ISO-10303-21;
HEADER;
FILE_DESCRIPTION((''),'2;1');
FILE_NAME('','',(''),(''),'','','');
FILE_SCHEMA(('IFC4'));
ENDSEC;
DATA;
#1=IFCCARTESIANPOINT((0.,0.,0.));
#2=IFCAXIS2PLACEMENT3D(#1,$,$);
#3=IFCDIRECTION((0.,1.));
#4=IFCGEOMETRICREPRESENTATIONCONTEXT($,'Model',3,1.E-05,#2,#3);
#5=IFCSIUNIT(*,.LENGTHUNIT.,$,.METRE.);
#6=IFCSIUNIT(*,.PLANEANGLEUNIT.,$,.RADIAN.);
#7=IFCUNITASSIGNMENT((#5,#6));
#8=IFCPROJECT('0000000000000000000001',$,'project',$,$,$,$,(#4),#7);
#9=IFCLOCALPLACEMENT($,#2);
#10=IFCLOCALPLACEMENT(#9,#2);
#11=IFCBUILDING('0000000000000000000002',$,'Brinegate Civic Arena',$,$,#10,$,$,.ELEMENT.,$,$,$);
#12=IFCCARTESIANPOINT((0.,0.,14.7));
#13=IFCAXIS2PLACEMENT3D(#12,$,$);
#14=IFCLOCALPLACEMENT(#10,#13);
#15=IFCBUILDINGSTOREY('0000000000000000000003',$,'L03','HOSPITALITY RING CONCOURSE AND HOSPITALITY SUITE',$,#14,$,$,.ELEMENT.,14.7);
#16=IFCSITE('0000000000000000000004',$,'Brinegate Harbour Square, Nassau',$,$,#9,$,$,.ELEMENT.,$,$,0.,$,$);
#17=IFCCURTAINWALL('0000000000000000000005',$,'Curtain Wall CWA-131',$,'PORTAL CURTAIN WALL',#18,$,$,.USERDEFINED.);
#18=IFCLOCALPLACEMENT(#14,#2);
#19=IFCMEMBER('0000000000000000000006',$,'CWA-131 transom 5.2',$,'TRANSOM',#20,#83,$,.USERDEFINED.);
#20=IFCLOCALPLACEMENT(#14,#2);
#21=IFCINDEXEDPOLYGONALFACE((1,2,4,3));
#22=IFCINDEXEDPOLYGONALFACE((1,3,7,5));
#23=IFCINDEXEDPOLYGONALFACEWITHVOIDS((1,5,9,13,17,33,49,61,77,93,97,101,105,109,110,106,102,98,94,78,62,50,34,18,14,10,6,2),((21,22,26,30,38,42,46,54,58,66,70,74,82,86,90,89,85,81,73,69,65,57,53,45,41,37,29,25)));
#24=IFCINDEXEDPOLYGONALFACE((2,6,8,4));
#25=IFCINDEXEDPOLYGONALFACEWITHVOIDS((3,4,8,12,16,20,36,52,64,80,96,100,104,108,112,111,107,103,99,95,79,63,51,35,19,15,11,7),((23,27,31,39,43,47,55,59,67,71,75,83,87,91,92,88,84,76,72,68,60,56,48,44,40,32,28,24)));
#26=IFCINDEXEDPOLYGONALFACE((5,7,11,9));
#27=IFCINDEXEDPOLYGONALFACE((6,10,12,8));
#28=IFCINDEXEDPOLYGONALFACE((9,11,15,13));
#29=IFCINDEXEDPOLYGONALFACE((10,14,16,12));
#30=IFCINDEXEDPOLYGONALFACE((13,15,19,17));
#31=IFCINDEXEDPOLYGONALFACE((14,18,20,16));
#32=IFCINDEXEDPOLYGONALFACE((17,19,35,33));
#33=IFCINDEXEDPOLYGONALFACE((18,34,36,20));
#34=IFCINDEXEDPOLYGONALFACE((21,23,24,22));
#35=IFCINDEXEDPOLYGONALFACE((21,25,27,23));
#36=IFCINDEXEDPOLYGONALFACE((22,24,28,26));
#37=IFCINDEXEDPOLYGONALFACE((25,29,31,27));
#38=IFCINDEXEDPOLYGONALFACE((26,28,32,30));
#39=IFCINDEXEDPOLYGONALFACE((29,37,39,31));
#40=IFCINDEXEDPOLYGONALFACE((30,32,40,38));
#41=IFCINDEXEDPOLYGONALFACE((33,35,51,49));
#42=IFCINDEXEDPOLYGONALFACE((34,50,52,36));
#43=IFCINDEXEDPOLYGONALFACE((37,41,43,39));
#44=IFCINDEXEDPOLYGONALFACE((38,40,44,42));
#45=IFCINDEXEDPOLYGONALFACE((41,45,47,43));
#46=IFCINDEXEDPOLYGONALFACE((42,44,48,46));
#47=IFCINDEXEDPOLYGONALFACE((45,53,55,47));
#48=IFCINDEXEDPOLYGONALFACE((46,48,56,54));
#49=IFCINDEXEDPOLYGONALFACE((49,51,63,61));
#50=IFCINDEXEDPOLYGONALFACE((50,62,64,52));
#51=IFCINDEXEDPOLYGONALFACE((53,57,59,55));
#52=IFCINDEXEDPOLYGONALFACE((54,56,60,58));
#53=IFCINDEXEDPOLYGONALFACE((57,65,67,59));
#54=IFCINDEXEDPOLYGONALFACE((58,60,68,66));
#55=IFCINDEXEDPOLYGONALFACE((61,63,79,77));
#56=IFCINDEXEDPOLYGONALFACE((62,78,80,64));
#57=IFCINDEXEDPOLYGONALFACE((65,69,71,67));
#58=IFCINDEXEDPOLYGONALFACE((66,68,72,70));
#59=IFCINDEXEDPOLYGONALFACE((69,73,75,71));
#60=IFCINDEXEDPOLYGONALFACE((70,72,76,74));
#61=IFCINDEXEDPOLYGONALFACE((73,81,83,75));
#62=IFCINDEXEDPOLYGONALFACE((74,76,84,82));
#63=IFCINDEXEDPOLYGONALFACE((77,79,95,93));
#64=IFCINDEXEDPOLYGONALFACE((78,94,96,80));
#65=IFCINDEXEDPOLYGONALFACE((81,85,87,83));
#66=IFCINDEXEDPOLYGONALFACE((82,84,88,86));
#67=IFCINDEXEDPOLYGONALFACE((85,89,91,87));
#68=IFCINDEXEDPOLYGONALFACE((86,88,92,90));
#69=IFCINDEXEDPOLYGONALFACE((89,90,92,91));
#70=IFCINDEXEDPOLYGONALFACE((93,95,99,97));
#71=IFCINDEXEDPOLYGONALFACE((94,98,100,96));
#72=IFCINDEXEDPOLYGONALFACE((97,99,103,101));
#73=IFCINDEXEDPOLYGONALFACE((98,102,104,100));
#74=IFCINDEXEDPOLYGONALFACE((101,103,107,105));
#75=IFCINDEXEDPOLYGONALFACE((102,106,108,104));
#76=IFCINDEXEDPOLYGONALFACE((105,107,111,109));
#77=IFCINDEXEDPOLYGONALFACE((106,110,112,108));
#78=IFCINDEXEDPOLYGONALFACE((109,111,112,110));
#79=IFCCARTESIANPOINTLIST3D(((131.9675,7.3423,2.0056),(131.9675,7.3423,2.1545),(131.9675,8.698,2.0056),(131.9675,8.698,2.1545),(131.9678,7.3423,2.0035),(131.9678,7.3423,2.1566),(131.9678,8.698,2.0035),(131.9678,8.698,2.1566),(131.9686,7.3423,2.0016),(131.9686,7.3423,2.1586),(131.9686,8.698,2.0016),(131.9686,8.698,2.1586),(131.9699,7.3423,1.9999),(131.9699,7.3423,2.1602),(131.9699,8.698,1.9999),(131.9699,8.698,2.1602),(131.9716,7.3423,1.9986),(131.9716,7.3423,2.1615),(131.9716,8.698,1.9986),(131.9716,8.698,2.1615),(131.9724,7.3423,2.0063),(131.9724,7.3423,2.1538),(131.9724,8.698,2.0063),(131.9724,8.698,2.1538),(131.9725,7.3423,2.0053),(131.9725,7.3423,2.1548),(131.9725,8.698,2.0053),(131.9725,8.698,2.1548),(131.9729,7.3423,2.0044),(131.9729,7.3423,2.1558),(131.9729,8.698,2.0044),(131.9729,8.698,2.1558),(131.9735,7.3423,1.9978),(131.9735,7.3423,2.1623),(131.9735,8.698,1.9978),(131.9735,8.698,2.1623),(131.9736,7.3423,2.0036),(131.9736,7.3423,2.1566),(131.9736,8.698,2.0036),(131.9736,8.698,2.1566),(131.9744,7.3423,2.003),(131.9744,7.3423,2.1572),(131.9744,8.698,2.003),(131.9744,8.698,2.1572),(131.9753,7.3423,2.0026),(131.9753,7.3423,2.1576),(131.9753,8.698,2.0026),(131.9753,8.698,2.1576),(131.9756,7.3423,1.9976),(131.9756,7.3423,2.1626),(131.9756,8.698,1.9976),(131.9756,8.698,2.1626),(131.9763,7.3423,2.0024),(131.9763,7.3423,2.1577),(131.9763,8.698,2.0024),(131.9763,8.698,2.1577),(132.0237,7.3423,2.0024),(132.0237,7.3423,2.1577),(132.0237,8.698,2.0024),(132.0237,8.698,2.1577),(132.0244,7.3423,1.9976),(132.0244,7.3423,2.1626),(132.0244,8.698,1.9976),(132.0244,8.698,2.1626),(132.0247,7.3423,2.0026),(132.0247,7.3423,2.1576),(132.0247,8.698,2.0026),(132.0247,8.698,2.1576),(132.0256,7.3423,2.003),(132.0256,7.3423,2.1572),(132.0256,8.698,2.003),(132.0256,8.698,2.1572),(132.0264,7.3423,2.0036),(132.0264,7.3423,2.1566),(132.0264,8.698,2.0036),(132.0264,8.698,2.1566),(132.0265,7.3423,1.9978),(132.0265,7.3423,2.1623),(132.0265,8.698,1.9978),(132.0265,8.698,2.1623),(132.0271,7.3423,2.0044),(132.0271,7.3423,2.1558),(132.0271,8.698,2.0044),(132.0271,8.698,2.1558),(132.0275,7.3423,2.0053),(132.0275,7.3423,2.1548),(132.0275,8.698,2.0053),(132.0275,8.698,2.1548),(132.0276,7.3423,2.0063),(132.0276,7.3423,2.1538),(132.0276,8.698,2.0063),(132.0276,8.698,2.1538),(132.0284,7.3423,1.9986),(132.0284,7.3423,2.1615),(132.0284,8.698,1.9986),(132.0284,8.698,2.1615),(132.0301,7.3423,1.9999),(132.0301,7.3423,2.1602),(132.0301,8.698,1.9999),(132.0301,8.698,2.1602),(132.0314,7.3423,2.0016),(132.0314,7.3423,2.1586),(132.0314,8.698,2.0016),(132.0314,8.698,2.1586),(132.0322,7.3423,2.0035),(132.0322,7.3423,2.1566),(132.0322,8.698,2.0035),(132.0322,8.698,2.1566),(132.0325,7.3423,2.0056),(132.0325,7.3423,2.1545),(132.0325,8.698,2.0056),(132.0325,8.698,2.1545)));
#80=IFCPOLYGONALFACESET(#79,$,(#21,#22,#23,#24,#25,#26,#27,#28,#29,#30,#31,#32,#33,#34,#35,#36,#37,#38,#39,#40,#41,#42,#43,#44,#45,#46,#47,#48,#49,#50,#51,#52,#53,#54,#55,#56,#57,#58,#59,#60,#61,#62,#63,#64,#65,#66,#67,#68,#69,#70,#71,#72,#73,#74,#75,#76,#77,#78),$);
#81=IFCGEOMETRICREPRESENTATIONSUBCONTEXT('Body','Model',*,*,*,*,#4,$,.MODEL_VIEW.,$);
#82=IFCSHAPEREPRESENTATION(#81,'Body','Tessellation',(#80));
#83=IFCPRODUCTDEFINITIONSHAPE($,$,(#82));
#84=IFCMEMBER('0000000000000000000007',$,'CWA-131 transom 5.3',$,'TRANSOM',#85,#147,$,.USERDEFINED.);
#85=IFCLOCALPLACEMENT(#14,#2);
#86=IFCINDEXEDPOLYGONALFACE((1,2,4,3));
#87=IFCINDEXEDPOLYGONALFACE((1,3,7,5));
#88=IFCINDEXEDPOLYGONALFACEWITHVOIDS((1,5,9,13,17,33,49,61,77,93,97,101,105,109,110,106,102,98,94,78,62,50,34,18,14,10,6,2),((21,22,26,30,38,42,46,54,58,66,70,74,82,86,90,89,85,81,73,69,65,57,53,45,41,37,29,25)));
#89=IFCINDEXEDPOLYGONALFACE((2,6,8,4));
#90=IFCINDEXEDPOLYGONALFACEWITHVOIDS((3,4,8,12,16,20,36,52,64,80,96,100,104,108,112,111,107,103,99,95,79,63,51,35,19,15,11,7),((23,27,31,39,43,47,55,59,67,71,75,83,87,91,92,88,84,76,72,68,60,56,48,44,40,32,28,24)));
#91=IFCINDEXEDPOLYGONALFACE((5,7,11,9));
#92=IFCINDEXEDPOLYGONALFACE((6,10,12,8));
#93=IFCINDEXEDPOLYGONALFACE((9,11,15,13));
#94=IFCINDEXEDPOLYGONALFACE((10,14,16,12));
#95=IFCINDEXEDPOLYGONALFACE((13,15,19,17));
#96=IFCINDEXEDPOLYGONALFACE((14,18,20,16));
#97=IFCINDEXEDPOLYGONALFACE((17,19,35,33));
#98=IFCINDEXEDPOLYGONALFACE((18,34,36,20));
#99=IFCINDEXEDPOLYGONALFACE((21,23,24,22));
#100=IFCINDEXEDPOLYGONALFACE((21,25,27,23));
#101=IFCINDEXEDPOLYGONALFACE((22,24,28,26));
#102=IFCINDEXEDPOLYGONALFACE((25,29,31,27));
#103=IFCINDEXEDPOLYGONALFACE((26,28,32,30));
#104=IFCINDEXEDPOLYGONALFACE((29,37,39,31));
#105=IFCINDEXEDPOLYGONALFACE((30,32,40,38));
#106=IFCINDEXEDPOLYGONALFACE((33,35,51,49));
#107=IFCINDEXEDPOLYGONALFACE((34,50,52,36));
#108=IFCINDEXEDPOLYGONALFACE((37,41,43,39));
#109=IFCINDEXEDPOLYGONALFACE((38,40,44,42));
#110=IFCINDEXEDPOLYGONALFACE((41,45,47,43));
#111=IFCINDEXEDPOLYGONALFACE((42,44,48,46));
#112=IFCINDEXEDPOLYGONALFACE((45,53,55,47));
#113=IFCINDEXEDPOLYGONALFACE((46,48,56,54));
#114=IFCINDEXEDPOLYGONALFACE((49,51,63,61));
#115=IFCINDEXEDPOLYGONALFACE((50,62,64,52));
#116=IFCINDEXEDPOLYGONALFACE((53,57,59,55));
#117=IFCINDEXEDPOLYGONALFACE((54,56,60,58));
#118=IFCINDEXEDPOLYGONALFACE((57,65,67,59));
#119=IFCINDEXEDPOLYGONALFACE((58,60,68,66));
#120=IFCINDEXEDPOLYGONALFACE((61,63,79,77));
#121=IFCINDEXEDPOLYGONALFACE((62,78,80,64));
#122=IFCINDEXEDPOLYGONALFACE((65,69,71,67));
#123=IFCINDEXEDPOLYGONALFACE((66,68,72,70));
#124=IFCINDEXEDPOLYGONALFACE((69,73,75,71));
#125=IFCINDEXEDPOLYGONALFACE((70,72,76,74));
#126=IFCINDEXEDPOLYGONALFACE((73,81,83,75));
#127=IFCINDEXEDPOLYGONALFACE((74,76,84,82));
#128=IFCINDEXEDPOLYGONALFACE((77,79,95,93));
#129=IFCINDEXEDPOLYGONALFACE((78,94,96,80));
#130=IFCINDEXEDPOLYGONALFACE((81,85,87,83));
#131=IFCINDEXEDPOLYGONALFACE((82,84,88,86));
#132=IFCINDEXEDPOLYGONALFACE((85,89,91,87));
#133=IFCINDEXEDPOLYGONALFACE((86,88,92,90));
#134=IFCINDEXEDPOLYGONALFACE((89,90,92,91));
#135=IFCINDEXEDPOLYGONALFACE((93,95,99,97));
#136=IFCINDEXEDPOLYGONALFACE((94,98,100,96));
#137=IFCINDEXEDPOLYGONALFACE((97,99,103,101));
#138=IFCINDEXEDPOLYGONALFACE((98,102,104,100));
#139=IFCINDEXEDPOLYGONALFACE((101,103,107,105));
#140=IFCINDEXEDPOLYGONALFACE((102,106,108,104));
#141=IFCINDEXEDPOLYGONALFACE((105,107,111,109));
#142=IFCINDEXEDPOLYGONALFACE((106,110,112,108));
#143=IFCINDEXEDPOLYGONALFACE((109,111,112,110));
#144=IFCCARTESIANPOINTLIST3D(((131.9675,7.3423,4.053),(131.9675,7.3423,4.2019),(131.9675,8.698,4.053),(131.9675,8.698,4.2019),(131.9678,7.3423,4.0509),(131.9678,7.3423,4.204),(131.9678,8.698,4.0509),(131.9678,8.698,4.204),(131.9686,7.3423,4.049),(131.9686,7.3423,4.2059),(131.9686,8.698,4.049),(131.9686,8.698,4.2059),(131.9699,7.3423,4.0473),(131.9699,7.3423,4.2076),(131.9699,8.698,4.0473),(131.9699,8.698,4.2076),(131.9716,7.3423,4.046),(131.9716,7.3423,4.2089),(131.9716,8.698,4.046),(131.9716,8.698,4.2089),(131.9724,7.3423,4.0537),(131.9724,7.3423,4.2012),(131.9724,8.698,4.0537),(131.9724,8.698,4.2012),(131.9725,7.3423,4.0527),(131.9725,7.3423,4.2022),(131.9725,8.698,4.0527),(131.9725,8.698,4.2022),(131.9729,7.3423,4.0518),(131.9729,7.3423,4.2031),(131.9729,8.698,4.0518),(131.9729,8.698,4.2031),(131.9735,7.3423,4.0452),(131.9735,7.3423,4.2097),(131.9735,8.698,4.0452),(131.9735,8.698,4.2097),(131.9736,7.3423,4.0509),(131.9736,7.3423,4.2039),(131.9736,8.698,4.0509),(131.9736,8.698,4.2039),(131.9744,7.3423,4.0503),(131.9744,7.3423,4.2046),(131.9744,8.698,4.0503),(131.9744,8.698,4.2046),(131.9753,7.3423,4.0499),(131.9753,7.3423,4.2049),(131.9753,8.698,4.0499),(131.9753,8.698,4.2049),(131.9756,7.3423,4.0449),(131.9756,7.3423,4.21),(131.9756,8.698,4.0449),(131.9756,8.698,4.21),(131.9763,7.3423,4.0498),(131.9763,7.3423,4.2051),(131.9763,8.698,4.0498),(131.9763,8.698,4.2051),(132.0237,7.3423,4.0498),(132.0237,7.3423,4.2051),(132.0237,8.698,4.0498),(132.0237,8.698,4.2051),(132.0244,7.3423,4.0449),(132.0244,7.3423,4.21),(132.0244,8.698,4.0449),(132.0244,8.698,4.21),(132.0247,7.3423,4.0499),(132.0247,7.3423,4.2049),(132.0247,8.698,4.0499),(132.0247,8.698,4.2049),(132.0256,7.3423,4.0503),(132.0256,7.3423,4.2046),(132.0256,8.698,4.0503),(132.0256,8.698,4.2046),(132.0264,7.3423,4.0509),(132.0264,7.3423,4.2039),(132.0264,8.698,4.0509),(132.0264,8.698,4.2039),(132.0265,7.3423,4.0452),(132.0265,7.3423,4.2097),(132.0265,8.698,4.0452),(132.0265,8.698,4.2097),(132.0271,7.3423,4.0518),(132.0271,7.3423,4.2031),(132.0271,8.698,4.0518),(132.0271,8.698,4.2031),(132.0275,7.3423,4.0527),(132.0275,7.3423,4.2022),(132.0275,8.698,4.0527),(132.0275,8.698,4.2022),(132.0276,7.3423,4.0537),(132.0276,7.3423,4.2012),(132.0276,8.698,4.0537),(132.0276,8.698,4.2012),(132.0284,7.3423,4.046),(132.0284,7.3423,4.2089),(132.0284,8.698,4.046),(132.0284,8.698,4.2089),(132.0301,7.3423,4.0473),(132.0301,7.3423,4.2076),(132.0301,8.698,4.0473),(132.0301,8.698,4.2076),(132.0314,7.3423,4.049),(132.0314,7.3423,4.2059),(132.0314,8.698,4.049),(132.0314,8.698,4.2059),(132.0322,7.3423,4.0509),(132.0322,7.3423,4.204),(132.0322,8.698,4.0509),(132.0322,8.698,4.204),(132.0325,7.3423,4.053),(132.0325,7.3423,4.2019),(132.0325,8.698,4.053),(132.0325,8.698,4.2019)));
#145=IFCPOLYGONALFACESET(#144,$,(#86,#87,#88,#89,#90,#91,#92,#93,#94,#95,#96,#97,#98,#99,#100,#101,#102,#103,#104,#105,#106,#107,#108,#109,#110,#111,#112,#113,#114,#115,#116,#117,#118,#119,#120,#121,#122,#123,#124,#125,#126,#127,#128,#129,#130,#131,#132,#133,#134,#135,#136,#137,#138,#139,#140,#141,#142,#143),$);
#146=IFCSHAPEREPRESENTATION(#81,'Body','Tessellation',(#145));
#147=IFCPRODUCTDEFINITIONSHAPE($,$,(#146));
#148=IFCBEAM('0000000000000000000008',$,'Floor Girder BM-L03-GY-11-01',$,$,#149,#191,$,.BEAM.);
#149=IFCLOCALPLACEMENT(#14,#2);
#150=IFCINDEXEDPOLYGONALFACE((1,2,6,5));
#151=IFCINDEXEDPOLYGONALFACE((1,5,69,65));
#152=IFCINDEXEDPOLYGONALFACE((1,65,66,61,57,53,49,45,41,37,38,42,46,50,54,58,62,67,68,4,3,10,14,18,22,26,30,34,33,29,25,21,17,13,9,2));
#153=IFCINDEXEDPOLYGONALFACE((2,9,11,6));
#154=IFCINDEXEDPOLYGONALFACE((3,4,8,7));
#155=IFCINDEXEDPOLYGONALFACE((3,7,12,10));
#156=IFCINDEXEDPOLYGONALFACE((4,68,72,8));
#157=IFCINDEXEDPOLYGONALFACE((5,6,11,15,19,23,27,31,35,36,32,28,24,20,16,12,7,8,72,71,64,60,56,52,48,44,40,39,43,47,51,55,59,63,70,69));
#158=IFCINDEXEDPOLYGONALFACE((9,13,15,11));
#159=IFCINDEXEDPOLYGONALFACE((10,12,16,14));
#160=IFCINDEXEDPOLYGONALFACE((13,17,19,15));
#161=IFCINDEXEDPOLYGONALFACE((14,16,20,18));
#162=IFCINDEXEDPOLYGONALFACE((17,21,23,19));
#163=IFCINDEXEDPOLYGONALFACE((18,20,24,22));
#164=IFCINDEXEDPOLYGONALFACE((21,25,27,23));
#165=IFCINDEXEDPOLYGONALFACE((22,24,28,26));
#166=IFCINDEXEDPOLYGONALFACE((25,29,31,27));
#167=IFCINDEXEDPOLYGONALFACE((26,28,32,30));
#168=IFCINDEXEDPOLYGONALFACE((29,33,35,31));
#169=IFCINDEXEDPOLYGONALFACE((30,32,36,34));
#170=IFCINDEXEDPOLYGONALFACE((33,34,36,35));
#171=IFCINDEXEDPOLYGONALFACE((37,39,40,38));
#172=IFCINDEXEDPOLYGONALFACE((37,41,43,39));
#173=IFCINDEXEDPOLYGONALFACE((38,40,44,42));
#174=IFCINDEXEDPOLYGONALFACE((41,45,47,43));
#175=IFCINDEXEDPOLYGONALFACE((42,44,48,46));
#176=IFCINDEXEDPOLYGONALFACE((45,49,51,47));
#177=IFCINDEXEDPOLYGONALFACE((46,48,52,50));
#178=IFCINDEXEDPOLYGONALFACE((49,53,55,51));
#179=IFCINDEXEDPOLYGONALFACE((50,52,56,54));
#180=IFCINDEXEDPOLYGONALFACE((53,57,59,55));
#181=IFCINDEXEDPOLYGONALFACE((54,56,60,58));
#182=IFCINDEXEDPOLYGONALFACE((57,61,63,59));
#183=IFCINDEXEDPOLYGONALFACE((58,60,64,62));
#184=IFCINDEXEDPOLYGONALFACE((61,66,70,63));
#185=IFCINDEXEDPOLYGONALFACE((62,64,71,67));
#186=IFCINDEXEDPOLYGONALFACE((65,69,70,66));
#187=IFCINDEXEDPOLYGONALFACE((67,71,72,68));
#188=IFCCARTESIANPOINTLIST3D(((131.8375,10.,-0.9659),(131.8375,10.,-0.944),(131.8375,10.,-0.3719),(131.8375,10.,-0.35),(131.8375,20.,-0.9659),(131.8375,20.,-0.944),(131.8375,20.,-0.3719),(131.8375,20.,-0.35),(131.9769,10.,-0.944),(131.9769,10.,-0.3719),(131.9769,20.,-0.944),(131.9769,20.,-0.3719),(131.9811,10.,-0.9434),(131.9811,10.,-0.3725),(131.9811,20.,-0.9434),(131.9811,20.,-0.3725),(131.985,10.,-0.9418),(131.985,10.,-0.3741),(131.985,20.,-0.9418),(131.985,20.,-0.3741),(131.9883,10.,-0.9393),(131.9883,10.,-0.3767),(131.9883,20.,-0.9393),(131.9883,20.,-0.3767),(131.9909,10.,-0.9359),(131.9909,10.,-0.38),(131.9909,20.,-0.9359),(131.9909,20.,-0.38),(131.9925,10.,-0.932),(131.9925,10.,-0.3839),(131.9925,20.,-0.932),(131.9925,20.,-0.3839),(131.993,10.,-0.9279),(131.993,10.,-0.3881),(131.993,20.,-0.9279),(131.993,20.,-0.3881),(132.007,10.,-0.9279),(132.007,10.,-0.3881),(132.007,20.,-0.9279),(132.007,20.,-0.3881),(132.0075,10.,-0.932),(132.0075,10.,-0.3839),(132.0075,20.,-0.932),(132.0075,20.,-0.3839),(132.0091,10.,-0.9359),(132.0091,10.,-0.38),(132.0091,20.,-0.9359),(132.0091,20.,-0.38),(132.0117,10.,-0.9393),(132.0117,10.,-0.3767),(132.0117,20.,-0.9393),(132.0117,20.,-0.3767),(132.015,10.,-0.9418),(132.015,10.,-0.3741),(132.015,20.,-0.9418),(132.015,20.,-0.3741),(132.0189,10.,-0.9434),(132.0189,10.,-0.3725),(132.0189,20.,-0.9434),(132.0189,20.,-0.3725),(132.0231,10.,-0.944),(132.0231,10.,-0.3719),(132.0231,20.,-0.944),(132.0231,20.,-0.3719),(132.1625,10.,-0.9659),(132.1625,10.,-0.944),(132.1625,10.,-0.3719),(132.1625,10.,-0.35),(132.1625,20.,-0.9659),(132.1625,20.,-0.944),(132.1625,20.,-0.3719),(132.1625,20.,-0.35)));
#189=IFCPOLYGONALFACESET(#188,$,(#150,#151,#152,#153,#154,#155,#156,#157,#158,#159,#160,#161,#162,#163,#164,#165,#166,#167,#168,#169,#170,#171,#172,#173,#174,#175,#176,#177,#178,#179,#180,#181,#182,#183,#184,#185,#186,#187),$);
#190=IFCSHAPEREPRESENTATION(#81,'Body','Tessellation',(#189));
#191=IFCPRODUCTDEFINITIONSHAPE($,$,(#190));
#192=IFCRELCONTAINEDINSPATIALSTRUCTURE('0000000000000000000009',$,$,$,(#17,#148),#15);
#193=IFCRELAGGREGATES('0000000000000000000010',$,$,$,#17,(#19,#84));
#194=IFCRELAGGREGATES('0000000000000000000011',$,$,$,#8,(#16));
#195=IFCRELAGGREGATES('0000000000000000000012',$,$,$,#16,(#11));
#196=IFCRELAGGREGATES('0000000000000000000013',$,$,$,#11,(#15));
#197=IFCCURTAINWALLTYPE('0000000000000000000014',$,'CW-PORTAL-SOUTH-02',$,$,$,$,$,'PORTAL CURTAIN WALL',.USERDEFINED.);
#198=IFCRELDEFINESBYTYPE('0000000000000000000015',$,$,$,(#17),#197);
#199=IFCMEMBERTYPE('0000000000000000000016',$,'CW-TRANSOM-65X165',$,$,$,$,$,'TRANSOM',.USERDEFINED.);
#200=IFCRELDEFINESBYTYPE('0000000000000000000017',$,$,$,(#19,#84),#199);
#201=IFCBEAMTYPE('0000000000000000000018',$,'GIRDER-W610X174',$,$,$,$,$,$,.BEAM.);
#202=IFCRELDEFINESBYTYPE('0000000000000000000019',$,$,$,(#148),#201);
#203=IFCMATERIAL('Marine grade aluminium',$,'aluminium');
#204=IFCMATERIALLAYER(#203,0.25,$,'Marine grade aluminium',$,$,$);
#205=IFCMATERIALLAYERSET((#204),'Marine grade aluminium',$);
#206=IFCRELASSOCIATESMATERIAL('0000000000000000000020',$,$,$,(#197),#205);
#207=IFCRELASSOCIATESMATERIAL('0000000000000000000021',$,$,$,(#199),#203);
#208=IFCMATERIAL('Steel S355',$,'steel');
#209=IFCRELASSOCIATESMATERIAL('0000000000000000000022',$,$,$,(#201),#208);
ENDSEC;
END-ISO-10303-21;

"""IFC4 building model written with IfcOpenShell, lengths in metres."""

from ifc_helpers import new_model, si_unit, direction, frame, origin, origin_2d, place, context, subcontext, project, spatial, hollow_rectangle, i_section, extrude, material, layer, layer_set, material_profile, profile_set, type_object, element, aggregate, save


model = new_model("IFC4")

# Units and contexts
model_context = context("Model", 3, precision=1e-05, world=origin(), true_north=direction((0.0, 1.0)))
body_context = subcontext(model_context, "Body", "Model", "MODEL_VIEW")
ifc_project = project(units=[si_unit("LENGTHUNIT", "METRE"), si_unit("PLANEANGLEUNIT", "RADIAN")], contexts=[model_context])

# Site, building, storey
site_placement = place(None, origin())
site = spatial("IfcSite", under=ifc_project, at=site_placement, Name="Brinegate Harbour Square, Nassau", CompositionType="ELEMENT", RefElevation=0.0)
building_placement = place(site_placement, origin())
building = spatial("IfcBuilding", under=site, at=building_placement, Name="Brinegate Civic Arena", CompositionType="ELEMENT")
storey_placement = place(building_placement, frame((0.0, 0.0, 14.7)))
storey = spatial("IfcBuildingStorey", under=building, at=storey_placement, Name="L03", Description="HOSPITALITY RING CONCOURSE AND HOSPITALITY SUITE", CompositionType="ELEMENT", Elevation=14.7)

# Curtain wall
ifc_material_1 = material(Name="Marine grade aluminium", Category="aluminium")
ifc_layer_1 = layer(ifc_material_1, 0.25, Name="Marine grade aluminium")
ifc_layer_set_1 = layer_set([ifc_layer_1], Name="Marine grade aluminium")
curtain_wall_type_1 = type_object("IfcCurtainWallType", Name="CW-PORTAL-SOUTH-02", ElementType="PORTAL CURTAIN WALL", PredefinedType="USERDEFINED", material=ifc_layer_set_1)
curtain_wall_1_placement = place(storey_placement, origin())
curtain_wall_1 = element("IfcCurtainWall", 1, at=curtain_wall_1_placement, inside=storey, type_object=curtain_wall_type_1, Name="Curtain Wall CWA-131", ObjectType="PORTAL CURTAIN WALL", PredefinedType="USERDEFINED")

# Members
ifc_material_profile_1 = material_profile(ifc_material_1, hollow_rectangle(XDim=0.0649, YDim=0.165, WallThickness=0.0049, InnerFilletRadius=0.0039, OuterFilletRadius=0.0081, at=origin_2d()), Name="TRN65X165")
ifc_profile_set_1 = profile_set([ifc_material_profile_1], Name="Marine grade aluminium")
member_type_1 = type_object("IfcMemberType", Name="CW-TRANSOM-65X165", ElementType="TRANSOM", PredefinedType="USERDEFINED", material=ifc_profile_set_1)
member_1_placement = place(storey_placement, frame((132.0, 7.3423, 2.0801), z_axis=(0.0, 1.0, 0.0), x_axis=(-1.0, 0.0, 0.0)))
member_1 = element("IfcMember", 2, at=member_1_placement, type_object=member_type_1, Name="CWA-131 transom 5.2", ObjectType="TRANSOM", PredefinedType="USERDEFINED", context=body_context, shape_type="SweptSolid", body=[
    extrude(hollow_rectangle(XDim=0.0649, YDim=0.165, WallThickness=0.0049, InnerFilletRadius=0.0039, OuterFilletRadius=0.0081, at=origin_2d()), origin(), (0.0, 0.0, 1.0), 1.3557),
])
member_2_placement = place(storey_placement, frame((132.0, 7.3423, 4.1274), z_axis=(0.0, 1.0, 0.0), x_axis=(-1.0, 0.0, 0.0)))
member_2 = element("IfcMember", 3, at=member_2_placement, type_object=member_type_1, Name="CWA-131 transom 5.3", ObjectType="TRANSOM", PredefinedType="USERDEFINED", context=body_context, shape_type="SweptSolid", body=[
    extrude(hollow_rectangle(XDim=0.0649, YDim=0.165, WallThickness=0.0049, InnerFilletRadius=0.0039, OuterFilletRadius=0.0081, at=origin_2d()), origin(), (0.0, 0.0, 1.0), 1.3557),
])

# Beam
ifc_material_2 = material(Name="Steel S355", Category="steel")
ifc_material_profile_2 = material_profile(ifc_material_2, i_section(OverallWidth=0.325, OverallDepth=0.616, WebThickness=0.0139, FlangeThickness=0.022, FilletRadius=0.0161, at=origin_2d()), Name="W610X174")
ifc_profile_set_2 = profile_set([ifc_material_profile_2], Name="Steel S355")
beam_type_1 = type_object("IfcBeamType", Name="GIRDER-W610X174", PredefinedType="BEAM", material=ifc_profile_set_2)
beam_1_placement = place(storey_placement, frame((132.0, 10.0, -0.658), z_axis=(0.0, 1.0, 0.0), x_axis=(-1.0, 0.0, 0.0)))
element("IfcBeam", 4, at=beam_1_placement, inside=storey, type_object=beam_type_1, Name="Floor Girder BM-L03-GY-11-01", PredefinedType="BEAM", context=body_context, shape_type="SweptSolid", body=[
    extrude(i_section(OverallWidth=0.325, OverallDepth=0.616, WebThickness=0.0139, FlangeThickness=0.022, FilletRadius=0.0161, at=origin_2d()), origin(), (0.0, 0.0, 1.0), 10.0),
])

aggregate(curtain_wall_1, [member_1, member_2])

save(model, "model.ifc")
